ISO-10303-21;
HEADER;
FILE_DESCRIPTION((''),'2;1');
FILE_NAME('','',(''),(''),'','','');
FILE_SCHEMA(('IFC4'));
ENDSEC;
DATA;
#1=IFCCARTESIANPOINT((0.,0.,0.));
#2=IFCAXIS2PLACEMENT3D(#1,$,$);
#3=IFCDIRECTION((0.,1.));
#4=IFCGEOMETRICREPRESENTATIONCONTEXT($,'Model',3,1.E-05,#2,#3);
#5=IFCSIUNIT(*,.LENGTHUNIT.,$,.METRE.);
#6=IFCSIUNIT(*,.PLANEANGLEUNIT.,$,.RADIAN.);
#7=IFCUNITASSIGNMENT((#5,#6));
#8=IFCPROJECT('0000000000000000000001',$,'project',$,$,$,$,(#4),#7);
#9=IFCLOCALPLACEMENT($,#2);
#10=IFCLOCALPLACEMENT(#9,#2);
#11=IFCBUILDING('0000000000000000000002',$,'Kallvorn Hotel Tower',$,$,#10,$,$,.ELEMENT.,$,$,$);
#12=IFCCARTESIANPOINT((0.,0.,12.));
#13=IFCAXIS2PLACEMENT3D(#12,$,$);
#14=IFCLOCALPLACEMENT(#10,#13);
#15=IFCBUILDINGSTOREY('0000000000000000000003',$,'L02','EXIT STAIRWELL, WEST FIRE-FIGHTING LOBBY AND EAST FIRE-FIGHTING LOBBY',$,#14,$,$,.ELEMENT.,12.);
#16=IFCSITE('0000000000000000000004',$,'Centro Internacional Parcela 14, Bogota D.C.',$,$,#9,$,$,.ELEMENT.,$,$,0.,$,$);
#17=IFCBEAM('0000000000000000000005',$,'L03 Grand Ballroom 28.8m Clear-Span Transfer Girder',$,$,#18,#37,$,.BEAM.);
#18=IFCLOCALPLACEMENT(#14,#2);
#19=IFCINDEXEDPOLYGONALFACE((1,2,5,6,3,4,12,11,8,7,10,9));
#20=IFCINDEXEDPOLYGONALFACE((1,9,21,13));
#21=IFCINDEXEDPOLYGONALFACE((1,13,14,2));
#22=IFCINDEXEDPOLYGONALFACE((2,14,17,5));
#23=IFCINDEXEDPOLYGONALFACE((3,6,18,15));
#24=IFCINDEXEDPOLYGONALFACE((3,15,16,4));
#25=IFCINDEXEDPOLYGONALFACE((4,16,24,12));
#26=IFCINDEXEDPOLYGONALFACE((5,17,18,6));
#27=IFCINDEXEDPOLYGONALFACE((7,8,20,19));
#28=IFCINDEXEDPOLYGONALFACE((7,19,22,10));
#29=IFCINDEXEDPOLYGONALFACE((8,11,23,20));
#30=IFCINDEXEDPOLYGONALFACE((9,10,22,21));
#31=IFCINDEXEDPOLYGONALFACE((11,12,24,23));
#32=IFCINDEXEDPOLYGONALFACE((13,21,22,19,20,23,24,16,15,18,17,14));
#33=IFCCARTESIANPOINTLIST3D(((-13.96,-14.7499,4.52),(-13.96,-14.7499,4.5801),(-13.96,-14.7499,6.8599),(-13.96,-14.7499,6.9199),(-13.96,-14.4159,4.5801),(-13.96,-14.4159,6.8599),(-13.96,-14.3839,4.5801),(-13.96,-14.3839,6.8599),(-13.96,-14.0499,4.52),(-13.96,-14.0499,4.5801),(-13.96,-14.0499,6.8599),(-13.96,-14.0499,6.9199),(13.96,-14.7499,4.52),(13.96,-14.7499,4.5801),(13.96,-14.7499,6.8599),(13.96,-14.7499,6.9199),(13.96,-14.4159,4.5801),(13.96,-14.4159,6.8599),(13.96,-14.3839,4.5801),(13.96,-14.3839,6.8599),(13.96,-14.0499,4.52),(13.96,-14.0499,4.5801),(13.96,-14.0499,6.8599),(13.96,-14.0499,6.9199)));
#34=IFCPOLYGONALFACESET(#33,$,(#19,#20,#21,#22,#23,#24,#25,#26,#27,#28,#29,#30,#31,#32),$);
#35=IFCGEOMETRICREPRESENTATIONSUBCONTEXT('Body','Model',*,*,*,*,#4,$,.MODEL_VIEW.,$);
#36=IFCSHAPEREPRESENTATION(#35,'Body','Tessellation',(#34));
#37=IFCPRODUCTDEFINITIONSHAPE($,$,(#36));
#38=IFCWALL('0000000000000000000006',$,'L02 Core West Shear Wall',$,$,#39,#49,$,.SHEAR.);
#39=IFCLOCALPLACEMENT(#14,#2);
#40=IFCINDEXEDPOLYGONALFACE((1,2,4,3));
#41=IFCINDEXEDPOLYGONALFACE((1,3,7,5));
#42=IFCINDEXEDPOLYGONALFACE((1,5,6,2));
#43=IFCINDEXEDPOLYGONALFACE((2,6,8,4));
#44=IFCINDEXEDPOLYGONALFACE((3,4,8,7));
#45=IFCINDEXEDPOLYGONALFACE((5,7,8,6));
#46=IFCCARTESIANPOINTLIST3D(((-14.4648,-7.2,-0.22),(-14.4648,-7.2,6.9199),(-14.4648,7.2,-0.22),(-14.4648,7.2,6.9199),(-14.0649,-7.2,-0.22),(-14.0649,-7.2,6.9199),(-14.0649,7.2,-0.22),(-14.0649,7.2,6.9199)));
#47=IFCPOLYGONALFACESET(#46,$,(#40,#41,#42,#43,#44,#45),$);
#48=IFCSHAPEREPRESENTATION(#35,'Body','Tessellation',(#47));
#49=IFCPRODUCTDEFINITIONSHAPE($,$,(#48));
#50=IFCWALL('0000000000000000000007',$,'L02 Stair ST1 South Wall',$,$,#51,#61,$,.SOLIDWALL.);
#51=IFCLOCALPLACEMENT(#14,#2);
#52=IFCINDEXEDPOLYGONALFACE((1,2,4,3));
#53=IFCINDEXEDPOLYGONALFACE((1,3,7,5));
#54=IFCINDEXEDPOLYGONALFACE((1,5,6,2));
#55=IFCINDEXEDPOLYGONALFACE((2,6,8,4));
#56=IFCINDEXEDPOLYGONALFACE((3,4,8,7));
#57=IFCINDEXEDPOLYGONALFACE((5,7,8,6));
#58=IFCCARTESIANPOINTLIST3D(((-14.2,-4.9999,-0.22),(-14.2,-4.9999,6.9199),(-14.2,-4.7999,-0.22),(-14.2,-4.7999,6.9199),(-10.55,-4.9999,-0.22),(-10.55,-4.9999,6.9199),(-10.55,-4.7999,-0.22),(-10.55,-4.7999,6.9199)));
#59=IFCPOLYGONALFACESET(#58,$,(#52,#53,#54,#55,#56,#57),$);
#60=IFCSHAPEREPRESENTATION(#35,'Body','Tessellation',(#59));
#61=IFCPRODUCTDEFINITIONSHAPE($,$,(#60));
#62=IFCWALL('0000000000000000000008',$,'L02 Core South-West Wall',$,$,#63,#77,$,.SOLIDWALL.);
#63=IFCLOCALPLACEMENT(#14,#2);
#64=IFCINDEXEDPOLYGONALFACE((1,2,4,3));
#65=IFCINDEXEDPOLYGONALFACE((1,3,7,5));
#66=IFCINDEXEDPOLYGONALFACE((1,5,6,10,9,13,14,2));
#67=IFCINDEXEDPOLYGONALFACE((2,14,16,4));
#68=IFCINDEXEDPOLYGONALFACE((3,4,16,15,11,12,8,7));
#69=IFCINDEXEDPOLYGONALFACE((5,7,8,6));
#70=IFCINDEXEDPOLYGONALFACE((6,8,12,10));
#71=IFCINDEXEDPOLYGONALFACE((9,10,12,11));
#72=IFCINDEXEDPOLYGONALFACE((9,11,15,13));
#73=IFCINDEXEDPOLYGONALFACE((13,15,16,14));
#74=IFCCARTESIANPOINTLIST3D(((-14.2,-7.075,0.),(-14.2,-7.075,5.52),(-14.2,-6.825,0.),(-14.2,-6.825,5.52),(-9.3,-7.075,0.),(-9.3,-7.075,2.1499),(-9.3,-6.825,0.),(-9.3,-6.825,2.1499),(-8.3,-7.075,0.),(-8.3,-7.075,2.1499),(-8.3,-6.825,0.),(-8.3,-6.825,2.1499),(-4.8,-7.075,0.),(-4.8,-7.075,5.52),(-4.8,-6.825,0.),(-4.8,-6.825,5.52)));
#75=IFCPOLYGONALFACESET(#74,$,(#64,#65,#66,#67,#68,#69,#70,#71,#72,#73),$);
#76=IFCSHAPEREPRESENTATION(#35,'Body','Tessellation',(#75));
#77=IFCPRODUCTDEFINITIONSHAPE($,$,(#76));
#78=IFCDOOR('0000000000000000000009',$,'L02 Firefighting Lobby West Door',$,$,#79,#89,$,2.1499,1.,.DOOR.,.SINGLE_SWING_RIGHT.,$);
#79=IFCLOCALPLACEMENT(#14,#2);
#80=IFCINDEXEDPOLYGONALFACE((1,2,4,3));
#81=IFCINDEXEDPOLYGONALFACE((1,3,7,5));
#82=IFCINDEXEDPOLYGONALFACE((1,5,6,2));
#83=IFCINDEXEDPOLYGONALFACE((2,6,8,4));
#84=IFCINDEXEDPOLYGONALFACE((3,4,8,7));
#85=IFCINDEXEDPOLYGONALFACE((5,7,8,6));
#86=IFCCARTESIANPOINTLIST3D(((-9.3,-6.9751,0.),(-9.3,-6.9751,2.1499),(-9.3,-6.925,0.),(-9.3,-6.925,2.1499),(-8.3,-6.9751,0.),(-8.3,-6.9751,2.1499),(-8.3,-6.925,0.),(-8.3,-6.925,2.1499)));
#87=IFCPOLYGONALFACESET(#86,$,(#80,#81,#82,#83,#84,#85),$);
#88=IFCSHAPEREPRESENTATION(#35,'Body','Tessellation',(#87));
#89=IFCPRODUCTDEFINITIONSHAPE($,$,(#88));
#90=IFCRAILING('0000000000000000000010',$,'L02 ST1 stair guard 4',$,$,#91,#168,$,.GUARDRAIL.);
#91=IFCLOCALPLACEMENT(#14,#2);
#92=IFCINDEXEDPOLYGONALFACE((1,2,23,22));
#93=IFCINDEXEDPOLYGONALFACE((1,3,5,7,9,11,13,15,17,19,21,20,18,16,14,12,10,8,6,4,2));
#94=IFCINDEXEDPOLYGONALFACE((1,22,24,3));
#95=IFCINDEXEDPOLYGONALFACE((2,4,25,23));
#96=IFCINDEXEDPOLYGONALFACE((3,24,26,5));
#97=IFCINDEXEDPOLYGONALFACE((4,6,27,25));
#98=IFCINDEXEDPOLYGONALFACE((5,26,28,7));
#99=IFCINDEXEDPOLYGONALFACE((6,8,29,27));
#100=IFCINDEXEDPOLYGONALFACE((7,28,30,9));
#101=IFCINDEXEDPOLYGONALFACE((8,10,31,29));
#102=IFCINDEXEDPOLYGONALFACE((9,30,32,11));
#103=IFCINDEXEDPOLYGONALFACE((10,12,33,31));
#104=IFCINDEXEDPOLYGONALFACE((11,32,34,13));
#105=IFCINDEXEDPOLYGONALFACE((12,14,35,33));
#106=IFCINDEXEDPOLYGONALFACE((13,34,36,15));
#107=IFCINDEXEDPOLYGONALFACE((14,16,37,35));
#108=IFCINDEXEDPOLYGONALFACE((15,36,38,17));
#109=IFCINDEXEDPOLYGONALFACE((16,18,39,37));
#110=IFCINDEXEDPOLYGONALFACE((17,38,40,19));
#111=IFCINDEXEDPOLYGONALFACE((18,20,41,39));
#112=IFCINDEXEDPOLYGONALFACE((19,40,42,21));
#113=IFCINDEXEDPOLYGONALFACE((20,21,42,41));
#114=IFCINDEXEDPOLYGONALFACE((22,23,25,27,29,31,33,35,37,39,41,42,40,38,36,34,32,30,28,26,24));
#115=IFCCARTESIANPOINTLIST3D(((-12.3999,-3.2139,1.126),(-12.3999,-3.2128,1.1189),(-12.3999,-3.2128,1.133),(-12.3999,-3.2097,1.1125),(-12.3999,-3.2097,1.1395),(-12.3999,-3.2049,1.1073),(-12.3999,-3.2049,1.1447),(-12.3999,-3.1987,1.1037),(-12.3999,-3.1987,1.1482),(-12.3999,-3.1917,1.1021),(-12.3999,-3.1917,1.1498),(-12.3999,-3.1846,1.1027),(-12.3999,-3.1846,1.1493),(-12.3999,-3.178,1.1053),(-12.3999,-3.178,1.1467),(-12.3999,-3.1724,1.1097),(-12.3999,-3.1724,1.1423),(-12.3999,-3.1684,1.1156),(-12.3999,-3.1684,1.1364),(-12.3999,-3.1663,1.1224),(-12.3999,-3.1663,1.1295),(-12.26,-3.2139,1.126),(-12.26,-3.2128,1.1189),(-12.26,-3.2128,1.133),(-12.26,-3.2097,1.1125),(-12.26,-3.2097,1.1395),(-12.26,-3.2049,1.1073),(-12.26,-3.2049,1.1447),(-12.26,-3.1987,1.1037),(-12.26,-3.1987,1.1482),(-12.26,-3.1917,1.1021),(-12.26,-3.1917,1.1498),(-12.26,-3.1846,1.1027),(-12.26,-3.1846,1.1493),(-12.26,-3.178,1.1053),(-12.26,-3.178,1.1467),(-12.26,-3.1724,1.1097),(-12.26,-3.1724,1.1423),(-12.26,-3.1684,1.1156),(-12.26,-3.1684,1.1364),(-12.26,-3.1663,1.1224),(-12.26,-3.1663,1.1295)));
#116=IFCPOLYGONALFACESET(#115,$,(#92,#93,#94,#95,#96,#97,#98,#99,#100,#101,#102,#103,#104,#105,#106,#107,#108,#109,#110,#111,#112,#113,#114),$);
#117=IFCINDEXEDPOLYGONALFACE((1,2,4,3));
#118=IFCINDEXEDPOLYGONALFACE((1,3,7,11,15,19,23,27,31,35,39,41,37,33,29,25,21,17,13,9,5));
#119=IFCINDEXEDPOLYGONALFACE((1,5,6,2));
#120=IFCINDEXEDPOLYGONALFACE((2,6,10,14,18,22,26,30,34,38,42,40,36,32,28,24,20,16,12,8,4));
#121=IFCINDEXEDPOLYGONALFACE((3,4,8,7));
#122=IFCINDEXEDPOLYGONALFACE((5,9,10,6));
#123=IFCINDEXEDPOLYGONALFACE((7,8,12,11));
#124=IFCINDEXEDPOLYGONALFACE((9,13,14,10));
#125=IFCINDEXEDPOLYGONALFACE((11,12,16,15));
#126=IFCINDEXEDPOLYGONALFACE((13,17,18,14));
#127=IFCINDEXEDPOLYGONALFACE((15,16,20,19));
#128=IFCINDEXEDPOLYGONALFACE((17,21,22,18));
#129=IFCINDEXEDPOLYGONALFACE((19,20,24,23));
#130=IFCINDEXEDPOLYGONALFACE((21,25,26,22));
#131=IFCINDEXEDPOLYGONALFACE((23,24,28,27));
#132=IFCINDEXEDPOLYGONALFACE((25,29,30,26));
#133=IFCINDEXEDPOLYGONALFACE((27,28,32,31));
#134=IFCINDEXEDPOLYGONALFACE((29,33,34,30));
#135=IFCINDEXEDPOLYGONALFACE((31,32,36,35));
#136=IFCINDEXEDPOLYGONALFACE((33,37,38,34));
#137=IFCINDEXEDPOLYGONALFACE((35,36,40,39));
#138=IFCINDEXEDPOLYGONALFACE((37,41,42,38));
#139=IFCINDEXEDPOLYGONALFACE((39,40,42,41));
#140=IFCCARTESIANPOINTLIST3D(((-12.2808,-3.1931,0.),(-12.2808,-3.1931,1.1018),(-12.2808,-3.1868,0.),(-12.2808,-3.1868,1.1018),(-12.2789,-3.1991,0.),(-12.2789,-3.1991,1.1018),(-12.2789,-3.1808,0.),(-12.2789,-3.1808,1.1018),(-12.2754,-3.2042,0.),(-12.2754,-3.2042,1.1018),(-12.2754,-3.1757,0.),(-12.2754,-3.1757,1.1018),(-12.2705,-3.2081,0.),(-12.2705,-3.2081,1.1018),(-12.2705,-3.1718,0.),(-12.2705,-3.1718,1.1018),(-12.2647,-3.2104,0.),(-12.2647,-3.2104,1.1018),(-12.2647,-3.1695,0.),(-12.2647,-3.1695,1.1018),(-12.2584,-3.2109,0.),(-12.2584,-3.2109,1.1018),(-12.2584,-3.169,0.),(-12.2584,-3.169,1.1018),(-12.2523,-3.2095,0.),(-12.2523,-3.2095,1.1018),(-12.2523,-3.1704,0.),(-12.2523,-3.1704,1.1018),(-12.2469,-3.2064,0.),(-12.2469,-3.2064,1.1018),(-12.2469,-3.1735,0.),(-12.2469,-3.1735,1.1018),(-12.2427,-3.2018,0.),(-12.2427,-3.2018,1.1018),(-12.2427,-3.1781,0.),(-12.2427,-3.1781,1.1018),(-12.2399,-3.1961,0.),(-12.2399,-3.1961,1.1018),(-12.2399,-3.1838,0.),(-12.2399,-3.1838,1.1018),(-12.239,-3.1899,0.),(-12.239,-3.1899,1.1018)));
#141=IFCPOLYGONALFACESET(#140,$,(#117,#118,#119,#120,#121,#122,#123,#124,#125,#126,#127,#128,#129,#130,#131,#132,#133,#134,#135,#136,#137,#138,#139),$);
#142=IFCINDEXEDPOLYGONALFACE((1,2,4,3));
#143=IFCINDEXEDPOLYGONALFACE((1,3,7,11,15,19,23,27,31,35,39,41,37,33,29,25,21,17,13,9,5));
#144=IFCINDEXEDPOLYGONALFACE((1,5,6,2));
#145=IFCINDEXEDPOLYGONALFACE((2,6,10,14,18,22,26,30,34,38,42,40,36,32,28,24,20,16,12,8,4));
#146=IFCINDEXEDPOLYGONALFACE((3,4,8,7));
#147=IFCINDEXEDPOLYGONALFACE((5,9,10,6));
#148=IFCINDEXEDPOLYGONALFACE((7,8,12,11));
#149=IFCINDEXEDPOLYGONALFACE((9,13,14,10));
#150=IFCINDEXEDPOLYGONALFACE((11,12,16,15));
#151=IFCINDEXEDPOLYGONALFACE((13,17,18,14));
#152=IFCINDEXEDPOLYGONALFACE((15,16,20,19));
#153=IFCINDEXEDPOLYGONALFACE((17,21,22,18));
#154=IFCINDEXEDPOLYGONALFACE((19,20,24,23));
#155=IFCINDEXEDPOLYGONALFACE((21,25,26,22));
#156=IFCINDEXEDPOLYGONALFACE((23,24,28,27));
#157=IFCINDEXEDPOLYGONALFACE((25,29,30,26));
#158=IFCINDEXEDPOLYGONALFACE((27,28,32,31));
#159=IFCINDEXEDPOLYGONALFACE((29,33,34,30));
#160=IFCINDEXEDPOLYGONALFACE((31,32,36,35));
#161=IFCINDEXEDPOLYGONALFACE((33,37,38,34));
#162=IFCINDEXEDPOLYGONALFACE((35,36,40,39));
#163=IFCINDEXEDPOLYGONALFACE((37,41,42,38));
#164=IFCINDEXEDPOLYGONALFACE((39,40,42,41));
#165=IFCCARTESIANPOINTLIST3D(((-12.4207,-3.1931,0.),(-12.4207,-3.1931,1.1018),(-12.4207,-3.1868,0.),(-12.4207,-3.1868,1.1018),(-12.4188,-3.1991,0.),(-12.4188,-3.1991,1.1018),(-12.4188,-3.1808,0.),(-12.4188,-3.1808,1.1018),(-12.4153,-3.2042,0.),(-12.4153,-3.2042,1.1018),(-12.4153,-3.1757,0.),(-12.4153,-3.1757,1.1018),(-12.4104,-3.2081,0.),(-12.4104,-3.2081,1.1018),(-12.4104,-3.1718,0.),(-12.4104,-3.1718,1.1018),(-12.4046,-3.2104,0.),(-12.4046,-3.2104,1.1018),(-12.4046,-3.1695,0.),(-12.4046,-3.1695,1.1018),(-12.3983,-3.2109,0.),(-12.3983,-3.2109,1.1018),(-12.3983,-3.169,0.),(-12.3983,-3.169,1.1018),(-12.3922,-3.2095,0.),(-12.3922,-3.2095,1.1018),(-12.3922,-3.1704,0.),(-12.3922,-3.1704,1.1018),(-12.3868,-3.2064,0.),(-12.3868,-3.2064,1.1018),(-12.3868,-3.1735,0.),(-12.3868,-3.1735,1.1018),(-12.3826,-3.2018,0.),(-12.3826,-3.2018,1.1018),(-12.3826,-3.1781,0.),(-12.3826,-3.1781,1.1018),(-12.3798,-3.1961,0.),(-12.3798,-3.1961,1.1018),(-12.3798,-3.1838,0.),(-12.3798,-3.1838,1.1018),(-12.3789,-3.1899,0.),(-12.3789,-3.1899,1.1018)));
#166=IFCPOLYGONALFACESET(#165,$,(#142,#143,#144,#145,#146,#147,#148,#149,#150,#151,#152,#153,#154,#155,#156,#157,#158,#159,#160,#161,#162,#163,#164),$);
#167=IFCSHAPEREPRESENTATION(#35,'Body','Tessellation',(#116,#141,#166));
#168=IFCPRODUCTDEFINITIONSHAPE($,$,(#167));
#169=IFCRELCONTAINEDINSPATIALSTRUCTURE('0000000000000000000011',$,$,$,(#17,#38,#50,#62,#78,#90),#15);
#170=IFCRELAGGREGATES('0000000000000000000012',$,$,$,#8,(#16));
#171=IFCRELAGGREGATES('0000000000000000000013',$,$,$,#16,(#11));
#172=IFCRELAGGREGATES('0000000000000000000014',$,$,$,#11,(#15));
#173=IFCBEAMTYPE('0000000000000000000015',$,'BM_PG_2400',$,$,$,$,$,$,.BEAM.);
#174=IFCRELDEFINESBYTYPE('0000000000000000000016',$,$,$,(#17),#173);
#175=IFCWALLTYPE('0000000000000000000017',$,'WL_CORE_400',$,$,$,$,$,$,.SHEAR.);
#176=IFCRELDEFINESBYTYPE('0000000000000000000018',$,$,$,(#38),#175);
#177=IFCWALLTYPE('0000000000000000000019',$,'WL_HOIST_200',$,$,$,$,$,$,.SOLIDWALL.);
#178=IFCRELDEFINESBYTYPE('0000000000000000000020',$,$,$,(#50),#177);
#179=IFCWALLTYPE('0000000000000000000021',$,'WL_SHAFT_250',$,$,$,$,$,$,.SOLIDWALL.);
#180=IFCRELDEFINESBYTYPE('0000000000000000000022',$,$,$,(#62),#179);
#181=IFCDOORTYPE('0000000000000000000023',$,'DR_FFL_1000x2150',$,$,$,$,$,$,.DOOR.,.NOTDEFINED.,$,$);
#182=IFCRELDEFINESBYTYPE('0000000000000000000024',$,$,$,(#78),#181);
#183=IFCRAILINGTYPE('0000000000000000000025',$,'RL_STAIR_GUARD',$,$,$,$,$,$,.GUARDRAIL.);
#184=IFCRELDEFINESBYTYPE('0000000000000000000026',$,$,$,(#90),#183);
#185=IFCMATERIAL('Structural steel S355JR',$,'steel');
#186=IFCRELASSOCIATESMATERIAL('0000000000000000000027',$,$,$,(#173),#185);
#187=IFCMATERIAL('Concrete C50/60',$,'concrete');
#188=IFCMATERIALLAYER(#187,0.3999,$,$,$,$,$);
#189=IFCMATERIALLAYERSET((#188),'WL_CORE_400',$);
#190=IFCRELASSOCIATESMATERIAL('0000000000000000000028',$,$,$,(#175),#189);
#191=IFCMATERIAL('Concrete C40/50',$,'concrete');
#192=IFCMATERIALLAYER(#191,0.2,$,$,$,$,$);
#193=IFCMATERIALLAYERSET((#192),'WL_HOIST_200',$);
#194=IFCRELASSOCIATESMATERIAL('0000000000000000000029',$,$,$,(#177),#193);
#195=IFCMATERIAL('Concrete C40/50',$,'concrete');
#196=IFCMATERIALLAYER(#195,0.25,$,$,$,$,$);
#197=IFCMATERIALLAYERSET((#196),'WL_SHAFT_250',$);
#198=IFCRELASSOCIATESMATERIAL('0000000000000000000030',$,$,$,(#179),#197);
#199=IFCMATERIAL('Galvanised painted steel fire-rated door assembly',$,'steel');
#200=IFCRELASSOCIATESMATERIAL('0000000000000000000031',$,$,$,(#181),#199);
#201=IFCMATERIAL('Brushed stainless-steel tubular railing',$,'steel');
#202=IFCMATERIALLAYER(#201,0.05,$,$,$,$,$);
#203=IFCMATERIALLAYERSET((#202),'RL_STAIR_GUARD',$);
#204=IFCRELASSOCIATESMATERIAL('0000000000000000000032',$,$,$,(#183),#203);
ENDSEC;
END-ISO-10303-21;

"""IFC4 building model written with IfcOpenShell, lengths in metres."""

from ifc_helpers import new_model, si_unit, direction, frame, frame_2d, origin, origin_2d, place, context, subcontext, project, spatial, rectangle, circle, i_section, extrude, material, layer, layer_set, material_profile, profile_set, type_object, element, fill, save


model = new_model("IFC4")

# Units and contexts
model_context = context("Model", 3, precision=1e-05, world=origin(), true_north=direction((0.0, 1.0)))
body_context = subcontext(model_context, "Body", "Model", "MODEL_VIEW")
ifc_project = project(units=[si_unit("LENGTHUNIT", "METRE"), si_unit("PLANEANGLEUNIT", "RADIAN")], contexts=[model_context])

# Site, building, storey
site_placement = place(None, origin())
site = spatial("IfcSite", under=ifc_project, at=site_placement, Name="Centro Internacional Parcela 14, Bogota D.C.", CompositionType="ELEMENT", RefElevation=0.0)
building_placement = place(site_placement, origin())
building = spatial("IfcBuilding", under=site, at=building_placement, Name="Kallvorn Hotel Tower", CompositionType="ELEMENT")
storey_placement = place(building_placement, frame((0.0, 0.0, 12.0)))
storey = spatial("IfcBuildingStorey", under=building, at=storey_placement, Name="L02", Description="EXIT STAIRWELL, WEST FIRE-FIGHTING LOBBY AND EAST FIRE-FIGHTING LOBBY", CompositionType="ELEMENT", Elevation=12.0)

# Beam
ifc_material_1 = material(Name="Structural steel S355JR", Category="steel")
ifc_material_profile_1 = material_profile(ifc_material_1, i_section(OverallWidth=0.7, OverallDepth=2.3999, WebThickness=0.032, FlangeThickness=0.0601, at=origin_2d()), Name="PG 2400x700x32x60")
ifc_profile_set_1 = profile_set([ifc_material_profile_1], Name="Structural steel S355JR")
beam_type_1 = type_object("IfcBeamType", Name="BM_PG_2400", PredefinedType="BEAM", material=ifc_profile_set_1)
beam_1_placement = place(storey_placement, frame((-13.96, -14.3999, 5.72), z_axis=(1.0, 0.0, 0.0), x_axis=(0.0, 1.0, 0.0)))
element("IfcBeam", 1, at=beam_1_placement, inside=storey, type_object=beam_type_1, Name="L03 Grand Ballroom 28.8m Clear-Span Transfer Girder", PredefinedType="BEAM", context=body_context, shape_type="SweptSolid", body=[
    extrude(i_section(OverallWidth=0.7, OverallDepth=2.3999, WebThickness=0.032, FlangeThickness=0.0601, at=origin_2d()), origin(), (0.0, 0.0, 1.0), 27.9199),
])

# Walls
ifc_material_2 = material(Name="Concrete C50/60", Category="concrete")
ifc_layer_1 = layer(ifc_material_2, 0.3999)
ifc_layer_set_1 = layer_set([ifc_layer_1], Name="WL_CORE_400")
wall_type_1 = type_object("IfcWallType", Name="WL_CORE_400", PredefinedType="SHEAR", material=ifc_layer_set_1)
wall_1_placement = place(storey_placement, frame((-14.2649, -7.2, -0.22), z_axis=(0.0, 0.0, 1.0), x_axis=(0.0, 1.0, 0.0)))
element("IfcWall", 2, at=wall_1_placement, inside=storey, type_object=wall_type_1, Name="L02 Core West Shear Wall", PredefinedType="SHEAR", context=body_context, shape_type="SweptSolid", body=[
    extrude(rectangle(XDim=14.3999, YDim=0.3999, at=frame_2d((7.2, 0.0))), origin(), (0.0, 0.0, 1.0), 7.1399),
])
ifc_material_3 = material(Name="Concrete C40/50", Category="concrete")
ifc_layer_2 = layer(ifc_material_3, 0.2)
ifc_layer_set_2 = layer_set([ifc_layer_2], Name="WL_HOIST_200")
wall_type_2 = type_object("IfcWallType", Name="WL_HOIST_200", PredefinedType="SOLIDWALL", material=ifc_layer_set_2)
wall_2_placement = place(storey_placement, frame((-14.2, -4.8999, -0.22), z_axis=(0.0, 0.0, 1.0), x_axis=(1.0, 0.0, 0.0)))
element("IfcWall", 3, at=wall_2_placement, inside=storey, type_object=wall_type_2, Name="L02 Stair ST1 South Wall", PredefinedType="SOLIDWALL", context=body_context, shape_type="SweptSolid", body=[
    extrude(rectangle(XDim=3.6499, YDim=0.2, at=frame_2d((1.825, 0.0))), origin(), (0.0, 0.0, 1.0), 7.1399),
])

# Wall, opening, door
ifc_material_4 = material(Name="Concrete C40/50", Category="concrete")
ifc_layer_3 = layer(ifc_material_4, 0.25)
ifc_layer_set_3 = layer_set([ifc_layer_3], Name="WL_SHAFT_250")
wall_type_3 = type_object("IfcWallType", Name="WL_SHAFT_250", PredefinedType="SOLIDWALL", material=ifc_layer_set_3)
wall_3_placement = place(storey_placement, frame((-14.2, -6.95, 0.0), z_axis=(0.0, 0.0, 1.0), x_axis=(1.0, 0.0, 0.0)))
wall_3 = element("IfcWall", 4, at=wall_3_placement, inside=storey, type_object=wall_type_3, Name="L02 Core South-West Wall", PredefinedType="SOLIDWALL", context=body_context, shape_type="SweptSolid", body=[
    extrude(rectangle(XDim=9.3999, YDim=0.25, at=frame_2d((4.7, 0.0))), origin(), (0.0, 0.0, 1.0), 5.52),
])
opening_placement = place(wall_3_placement, frame((4.8999, 0.0, 0.0)))
opening = element("IfcOpeningElement", 5, at=opening_placement, cuts=wall_3, PredefinedType="OPENING", context=body_context, shape_type="SweptSolid", body=[
    extrude(rectangle(XDim=1.0, YDim=2.1499, at=frame_2d((0.5, 1.075))), frame((0.0, 0.1399, 0.0), z_axis=(0.0, -1.0, 0.0), x_axis=(1.0, 0.0, 0.0)), (0.0, 0.0, 1.0), 0.28),
])
ifc_material_5 = material(Name="Galvanised painted steel fire-rated door assembly", Category="steel")
door_type = type_object("IfcDoorType", Name="DR_FFL_1000x2150", OperationType="NOTDEFINED", PredefinedType="DOOR", material=ifc_material_5)
door_placement = place(opening_placement, origin())
door = element("IfcDoor", 6, at=door_placement, inside=storey, type_object=door_type, Name="L02 Firefighting Lobby West Door", OperationType="SINGLE_SWING_RIGHT", OverallHeight=2.1499, OverallWidth=1.0, PredefinedType="DOOR", context=body_context, shape_type="SweptSolid", body=[
    extrude(rectangle(XDim=1.0, YDim=2.1499, at=frame_2d((0.5, 1.075))), frame((0.0, 0.0249, 0.0), z_axis=(0.0, -1.0, 0.0), x_axis=(1.0, 0.0, 0.0)), (0.0, 0.0, 1.0), 0.05),
])
fill(opening, door)

# Railing
ifc_material_6 = material(Name="Brushed stainless-steel tubular railing", Category="steel")
ifc_layer_4 = layer(ifc_material_6, 0.05)
ifc_layer_set_4 = layer_set([ifc_layer_4], Name="RL_STAIR_GUARD")
railing_type = type_object("IfcRailingType", Name="RL_STAIR_GUARD", PredefinedType="GUARDRAIL", material=ifc_layer_set_4)
railing_1_placement = place(storey_placement, frame((-12.26, -3.1899, 0.0)))
element("IfcRailing", 7, at=railing_1_placement, inside=storey, type_object=railing_type, Name="L02 ST1 stair guard 4", PredefinedType="GUARDRAIL", context=body_context, shape_type="SweptSolid", body=[
    extrude(circle(Radius=0.0239, at=origin_2d()), frame((0.0, 0.0, 1.126), z_axis=(-1.0, 0.0, 0.0), x_axis=(0.0, -1.0, 0.0)), (0.0, 0.0, 1.0), 0.1399),
    extrude(circle(Radius=0.021, at=origin_2d()), origin(), (0.0, 0.0, 1.0), 1.1018),
    extrude(circle(Radius=0.021, at=origin_2d()), frame((-0.1399, 0.0, 0.0)), (0.0, 0.0, 1.0), 1.1018),
])

save(model, "model.ifc")
